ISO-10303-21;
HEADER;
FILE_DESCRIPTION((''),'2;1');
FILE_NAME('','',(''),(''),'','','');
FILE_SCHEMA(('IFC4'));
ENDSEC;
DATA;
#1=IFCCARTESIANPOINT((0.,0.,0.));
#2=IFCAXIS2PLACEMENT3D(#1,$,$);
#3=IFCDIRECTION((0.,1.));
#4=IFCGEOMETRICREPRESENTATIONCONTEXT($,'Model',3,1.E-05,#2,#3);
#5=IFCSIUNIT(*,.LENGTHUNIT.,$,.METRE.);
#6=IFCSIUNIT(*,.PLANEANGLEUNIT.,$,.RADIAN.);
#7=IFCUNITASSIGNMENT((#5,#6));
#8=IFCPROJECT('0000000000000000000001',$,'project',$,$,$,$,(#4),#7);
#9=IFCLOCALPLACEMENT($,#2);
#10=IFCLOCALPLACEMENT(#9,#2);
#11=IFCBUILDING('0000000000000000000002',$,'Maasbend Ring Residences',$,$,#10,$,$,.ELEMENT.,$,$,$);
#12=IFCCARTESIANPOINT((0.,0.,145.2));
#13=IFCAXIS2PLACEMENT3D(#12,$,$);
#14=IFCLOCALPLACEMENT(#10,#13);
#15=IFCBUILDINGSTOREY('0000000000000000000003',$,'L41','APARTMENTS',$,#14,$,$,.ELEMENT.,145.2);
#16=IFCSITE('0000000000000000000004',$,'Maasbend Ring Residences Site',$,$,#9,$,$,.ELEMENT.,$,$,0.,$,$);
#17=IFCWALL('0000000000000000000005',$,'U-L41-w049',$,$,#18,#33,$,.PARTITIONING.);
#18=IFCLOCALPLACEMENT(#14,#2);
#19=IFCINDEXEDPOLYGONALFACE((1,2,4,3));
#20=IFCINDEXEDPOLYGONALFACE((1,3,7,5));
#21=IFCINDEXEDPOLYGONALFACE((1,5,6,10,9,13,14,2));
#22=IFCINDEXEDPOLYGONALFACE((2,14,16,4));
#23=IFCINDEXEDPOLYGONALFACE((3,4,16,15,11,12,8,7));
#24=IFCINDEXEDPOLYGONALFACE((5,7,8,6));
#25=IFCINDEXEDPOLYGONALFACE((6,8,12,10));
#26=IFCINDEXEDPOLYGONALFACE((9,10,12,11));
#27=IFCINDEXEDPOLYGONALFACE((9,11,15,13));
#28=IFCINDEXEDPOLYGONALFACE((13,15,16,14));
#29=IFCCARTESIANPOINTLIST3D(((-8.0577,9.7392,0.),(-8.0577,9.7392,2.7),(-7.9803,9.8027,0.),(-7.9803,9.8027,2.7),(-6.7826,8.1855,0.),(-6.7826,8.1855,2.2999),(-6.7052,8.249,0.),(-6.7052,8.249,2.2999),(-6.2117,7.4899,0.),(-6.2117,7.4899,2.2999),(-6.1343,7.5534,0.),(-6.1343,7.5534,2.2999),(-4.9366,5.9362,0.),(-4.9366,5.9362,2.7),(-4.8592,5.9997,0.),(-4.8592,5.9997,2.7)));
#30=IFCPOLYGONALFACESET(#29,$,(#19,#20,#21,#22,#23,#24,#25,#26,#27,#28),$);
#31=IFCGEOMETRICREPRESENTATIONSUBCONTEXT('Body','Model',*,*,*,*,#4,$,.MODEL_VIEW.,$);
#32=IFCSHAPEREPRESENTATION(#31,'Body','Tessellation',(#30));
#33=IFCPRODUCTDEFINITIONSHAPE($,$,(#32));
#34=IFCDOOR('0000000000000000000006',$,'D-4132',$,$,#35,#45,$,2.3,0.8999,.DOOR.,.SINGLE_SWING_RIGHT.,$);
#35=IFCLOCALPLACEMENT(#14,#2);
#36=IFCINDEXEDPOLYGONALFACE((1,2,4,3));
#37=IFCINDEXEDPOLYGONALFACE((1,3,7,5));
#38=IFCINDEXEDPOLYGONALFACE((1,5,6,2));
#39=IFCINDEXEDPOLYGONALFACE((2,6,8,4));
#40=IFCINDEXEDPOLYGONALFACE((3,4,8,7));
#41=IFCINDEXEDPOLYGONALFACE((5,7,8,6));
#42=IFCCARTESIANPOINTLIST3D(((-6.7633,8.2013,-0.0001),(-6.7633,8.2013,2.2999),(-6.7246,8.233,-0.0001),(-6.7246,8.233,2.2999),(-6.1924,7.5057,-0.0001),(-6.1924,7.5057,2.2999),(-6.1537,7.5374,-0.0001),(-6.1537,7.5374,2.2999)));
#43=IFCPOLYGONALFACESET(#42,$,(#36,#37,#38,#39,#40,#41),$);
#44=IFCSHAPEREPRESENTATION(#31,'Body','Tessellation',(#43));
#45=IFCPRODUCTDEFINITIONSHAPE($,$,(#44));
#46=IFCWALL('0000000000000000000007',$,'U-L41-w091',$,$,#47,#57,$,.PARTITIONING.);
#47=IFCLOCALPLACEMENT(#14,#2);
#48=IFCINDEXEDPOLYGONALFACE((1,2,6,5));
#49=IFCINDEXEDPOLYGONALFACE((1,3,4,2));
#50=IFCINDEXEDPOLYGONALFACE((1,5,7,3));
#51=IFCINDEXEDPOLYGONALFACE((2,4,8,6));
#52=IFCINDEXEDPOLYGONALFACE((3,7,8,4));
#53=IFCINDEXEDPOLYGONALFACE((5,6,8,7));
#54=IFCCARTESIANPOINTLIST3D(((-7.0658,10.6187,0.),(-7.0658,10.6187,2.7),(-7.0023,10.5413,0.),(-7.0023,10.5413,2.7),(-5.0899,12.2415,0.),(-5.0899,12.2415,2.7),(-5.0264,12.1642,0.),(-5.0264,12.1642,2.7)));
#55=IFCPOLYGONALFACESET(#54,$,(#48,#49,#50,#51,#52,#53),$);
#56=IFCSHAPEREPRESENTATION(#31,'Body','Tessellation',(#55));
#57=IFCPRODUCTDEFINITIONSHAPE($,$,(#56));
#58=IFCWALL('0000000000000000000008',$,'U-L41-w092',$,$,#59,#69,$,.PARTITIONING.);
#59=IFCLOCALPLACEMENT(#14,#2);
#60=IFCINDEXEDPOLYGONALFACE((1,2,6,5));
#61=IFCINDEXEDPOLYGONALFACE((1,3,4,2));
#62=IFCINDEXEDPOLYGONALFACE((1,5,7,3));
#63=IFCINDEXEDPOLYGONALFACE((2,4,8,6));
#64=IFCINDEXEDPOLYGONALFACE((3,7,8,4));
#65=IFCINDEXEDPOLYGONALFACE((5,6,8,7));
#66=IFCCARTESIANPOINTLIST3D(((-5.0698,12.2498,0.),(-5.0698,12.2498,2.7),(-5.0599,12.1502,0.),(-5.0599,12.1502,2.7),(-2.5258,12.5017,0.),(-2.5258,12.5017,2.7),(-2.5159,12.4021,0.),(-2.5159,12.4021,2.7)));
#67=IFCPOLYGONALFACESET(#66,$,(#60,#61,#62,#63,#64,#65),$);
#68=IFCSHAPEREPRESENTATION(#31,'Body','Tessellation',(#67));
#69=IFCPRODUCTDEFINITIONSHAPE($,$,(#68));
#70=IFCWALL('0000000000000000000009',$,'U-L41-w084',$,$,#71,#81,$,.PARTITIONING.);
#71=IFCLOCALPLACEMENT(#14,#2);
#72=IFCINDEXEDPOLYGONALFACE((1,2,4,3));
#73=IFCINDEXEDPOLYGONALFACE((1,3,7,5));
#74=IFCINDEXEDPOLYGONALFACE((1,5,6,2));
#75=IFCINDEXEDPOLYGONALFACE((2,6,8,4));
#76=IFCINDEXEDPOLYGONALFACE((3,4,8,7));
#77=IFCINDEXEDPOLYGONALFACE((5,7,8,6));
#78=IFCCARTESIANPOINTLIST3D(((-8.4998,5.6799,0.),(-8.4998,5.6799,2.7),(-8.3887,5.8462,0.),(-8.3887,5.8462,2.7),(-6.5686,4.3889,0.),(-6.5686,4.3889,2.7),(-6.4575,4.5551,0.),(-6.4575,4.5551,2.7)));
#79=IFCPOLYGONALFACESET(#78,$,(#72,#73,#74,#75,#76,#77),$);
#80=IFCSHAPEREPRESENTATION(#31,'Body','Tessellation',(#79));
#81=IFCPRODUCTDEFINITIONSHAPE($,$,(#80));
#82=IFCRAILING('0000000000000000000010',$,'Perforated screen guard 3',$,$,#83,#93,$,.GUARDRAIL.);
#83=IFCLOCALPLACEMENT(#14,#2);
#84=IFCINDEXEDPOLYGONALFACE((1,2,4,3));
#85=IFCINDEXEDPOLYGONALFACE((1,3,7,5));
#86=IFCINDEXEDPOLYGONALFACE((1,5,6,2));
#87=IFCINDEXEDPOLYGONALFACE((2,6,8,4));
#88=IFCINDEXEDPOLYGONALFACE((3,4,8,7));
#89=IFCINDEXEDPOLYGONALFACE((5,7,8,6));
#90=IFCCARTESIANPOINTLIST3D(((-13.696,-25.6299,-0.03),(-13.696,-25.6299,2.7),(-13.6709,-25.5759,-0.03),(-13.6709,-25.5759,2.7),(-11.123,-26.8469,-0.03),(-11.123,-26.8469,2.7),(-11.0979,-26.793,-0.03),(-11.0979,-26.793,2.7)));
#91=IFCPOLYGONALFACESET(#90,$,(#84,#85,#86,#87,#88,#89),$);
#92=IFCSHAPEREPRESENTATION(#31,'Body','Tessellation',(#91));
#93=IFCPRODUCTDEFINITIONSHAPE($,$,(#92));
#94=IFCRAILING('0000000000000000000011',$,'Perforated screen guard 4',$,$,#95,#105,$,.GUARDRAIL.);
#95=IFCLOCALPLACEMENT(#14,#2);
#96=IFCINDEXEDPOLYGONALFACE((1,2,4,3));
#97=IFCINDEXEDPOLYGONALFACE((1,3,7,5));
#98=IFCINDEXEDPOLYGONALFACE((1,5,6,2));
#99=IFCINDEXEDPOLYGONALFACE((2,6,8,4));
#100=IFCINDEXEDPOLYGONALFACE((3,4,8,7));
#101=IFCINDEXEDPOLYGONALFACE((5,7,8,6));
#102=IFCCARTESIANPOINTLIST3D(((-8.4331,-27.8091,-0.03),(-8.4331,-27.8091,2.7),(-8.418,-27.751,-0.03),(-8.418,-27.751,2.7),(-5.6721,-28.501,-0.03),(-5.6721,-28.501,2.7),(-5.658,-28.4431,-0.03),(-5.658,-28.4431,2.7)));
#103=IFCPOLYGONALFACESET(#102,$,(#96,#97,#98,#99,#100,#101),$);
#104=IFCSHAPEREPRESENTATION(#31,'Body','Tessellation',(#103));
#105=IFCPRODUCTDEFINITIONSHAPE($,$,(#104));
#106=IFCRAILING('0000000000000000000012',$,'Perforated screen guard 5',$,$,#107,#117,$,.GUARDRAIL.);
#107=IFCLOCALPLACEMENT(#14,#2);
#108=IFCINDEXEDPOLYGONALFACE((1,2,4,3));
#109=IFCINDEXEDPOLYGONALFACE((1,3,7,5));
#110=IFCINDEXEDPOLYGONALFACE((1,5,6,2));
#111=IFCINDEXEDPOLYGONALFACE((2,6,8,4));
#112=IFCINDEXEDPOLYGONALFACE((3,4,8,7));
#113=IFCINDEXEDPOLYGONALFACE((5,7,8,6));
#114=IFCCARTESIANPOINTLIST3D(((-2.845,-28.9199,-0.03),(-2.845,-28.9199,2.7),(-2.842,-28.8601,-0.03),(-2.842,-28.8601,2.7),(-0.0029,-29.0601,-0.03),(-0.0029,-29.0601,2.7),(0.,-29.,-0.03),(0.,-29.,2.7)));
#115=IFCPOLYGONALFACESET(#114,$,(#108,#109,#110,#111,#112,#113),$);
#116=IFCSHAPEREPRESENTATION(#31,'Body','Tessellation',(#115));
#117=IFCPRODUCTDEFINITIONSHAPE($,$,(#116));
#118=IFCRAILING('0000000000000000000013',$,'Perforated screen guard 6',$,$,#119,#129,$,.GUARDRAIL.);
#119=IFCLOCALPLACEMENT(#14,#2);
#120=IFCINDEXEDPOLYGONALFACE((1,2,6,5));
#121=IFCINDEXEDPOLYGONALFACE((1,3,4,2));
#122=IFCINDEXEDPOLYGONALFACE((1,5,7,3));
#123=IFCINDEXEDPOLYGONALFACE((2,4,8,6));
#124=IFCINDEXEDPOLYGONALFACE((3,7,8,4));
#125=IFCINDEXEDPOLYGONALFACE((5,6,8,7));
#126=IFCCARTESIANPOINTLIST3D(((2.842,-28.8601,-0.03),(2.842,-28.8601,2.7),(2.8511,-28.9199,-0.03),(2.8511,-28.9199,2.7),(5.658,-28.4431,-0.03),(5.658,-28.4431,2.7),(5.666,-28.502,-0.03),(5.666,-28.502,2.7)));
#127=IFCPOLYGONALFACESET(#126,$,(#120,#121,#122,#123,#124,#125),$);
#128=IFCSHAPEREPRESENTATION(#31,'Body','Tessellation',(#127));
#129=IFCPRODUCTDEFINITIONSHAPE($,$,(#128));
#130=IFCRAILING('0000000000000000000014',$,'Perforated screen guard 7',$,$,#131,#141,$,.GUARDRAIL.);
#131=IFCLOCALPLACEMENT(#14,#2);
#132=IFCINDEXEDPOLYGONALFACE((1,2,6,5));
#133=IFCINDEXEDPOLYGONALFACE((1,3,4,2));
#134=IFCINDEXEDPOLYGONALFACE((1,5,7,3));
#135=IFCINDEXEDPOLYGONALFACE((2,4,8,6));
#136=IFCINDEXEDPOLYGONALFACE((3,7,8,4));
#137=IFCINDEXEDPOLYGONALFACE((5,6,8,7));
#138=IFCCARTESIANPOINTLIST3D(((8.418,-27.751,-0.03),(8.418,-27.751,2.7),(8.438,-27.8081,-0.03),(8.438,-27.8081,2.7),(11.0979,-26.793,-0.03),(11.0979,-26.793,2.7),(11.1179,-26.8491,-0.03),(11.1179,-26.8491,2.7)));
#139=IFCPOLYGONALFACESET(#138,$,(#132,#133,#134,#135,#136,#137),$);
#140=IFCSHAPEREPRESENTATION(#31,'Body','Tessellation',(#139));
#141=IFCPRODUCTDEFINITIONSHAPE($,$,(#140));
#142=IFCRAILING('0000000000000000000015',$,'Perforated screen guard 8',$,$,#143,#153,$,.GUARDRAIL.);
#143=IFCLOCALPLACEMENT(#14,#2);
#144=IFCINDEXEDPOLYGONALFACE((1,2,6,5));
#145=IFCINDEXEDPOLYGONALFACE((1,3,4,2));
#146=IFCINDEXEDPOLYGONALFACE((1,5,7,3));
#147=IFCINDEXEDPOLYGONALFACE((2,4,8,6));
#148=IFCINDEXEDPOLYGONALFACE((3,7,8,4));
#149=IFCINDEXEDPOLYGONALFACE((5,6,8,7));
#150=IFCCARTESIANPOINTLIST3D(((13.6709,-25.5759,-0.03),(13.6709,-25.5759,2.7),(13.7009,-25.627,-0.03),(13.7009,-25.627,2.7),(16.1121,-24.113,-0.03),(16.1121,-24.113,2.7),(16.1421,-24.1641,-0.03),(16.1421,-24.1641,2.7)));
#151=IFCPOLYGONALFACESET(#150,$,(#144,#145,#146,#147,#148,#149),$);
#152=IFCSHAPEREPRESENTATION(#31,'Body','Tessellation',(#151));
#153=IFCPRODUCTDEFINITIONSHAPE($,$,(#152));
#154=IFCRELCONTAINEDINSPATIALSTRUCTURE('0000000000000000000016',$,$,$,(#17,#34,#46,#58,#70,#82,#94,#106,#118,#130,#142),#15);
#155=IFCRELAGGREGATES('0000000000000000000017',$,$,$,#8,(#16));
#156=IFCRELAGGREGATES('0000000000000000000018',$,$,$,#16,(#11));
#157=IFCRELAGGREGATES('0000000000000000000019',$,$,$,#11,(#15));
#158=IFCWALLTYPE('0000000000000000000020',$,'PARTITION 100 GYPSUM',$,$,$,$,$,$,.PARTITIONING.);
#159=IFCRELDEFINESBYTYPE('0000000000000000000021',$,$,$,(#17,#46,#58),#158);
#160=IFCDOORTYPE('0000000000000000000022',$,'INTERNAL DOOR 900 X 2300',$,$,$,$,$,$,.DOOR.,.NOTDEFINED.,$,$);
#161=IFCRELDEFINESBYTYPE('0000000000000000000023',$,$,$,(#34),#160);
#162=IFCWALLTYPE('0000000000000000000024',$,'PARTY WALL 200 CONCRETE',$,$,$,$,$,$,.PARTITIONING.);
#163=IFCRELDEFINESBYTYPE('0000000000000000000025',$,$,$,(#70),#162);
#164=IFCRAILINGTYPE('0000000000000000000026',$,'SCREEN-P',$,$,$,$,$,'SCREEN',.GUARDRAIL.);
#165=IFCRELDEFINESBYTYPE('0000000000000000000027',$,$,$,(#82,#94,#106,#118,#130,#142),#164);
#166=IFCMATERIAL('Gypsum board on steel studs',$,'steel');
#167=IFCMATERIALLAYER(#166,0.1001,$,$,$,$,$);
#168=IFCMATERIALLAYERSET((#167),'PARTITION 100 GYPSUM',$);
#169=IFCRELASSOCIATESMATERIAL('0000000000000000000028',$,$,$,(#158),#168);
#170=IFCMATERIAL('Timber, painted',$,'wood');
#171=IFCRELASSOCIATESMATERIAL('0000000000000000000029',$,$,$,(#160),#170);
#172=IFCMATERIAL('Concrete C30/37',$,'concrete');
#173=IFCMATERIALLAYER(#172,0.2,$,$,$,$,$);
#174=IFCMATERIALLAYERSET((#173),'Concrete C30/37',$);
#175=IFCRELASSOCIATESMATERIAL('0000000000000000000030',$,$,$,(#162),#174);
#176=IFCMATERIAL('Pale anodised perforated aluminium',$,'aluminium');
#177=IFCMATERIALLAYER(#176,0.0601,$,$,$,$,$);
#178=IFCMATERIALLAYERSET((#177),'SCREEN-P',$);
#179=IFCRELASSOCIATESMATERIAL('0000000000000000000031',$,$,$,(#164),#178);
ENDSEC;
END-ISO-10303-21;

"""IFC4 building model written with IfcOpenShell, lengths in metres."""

from ifc_helpers import new_model, si_unit, direction, frame, frame_2d, origin, place, context, subcontext, project, spatial, polyline, rectangle, outline, extrude, material, layer, layer_set, type_object, element, fill, save


model = new_model("IFC4")

# Units and contexts
model_context = context("Model", 3, precision=1e-05, world=origin(), true_north=direction((0.0, 1.0)))
body_context = subcontext(model_context, "Body", "Model", "MODEL_VIEW")
ifc_project = project(units=[si_unit("LENGTHUNIT", "METRE"), si_unit("PLANEANGLEUNIT", "RADIAN")], contexts=[model_context])

# Site, building, storey
site_placement = place(None, origin())
site = spatial("IfcSite", under=ifc_project, at=site_placement, Name="Maasbend Ring Residences Site", CompositionType="ELEMENT", RefElevation=0.0)
building_placement = place(site_placement, origin())
building = spatial("IfcBuilding", under=site, at=building_placement, Name="Maasbend Ring Residences", CompositionType="ELEMENT")
storey_placement = place(building_placement, frame((0.0, 0.0, 145.2)))
storey = spatial("IfcBuildingStorey", under=building, at=storey_placement, Name="L41", Description="APARTMENTS", CompositionType="ELEMENT", Elevation=145.2)

# Wall, opening, door
ifc_material_1 = material(Name="Gypsum board on steel studs", Category="steel")
ifc_layer_1 = layer(ifc_material_1, 0.1001)
ifc_layer_set_1 = layer_set([ifc_layer_1], Name="PARTITION 100 GYPSUM")
wall_type_1 = type_object("IfcWallType", Name="PARTITION 100 GYPSUM", PredefinedType="PARTITIONING", material=ifc_layer_set_1)
wall_1_placement = place(storey_placement, frame((-8.019, 9.771, 0.0), z_axis=(0.0, 0.0, 1.0), x_axis=(0.634402, -0.773003, 0.0)))
wall_1 = element("IfcWall", 1, at=wall_1_placement, inside=storey, type_object=wall_type_1, Name="U-L41-w049", PredefinedType="PARTITIONING", context=body_context, shape_type="SweptSolid", body=[
    extrude(rectangle(XDim=4.9197, YDim=0.1001, at=frame_2d((2.46, 0.0))), origin(), (0.0, 0.0, 1.0), 2.7),
])
opening_placement = place(wall_1_placement, frame((2.01, 0.0, 0.0)))
opening = element("IfcOpeningElement", 2, at=opening_placement, cuts=wall_1, PredefinedType="OPENING", context=body_context, shape_type="SweptSolid", body=[
    extrude(rectangle(XDim=0.8999, YDim=2.3, at=frame_2d((0.45, 1.1499))), frame((0.0, 0.0601, 0.0), z_axis=(0.0, -1.0, 0.0), x_axis=(1.0, 0.0, 0.0)), (0.0, 0.0, 1.0), 0.1201),
])
ifc_material_2 = material(Name="Timber, painted", Category="wood")
door_type = type_object("IfcDoorType", Name="INTERNAL DOOR 900 X 2300", OperationType="NOTDEFINED", PredefinedType="DOOR", material=ifc_material_2)
door_placement = place(opening_placement, origin())
door = element("IfcDoor", 3, at=door_placement, inside=storey, type_object=door_type, Name="D-4132", OperationType="SINGLE_SWING_RIGHT", OverallHeight=2.3, OverallWidth=0.8999, PredefinedType="DOOR", context=body_context, shape_type="SweptSolid", body=[
    extrude(rectangle(XDim=0.8999, YDim=2.3, at=frame_2d((0.45, 1.1499))), frame((0.0, 0.0249, 0.0), z_axis=(0.0, -1.0, 0.0), x_axis=(1.0, 0.0, 0.0)), (0.0, 0.0, 1.0), 0.05),
])
fill(opening, door)

# Walls
wall_2_placement = place(storey_placement, frame((-7.0339, 10.5801, 0.0), z_axis=(0.0, 0.0, 1.0), x_axis=(0.772765, 0.634693, 0.0)))
element("IfcWall", 4, at=wall_2_placement, inside=storey, type_object=wall_type_1, Name="U-L41-w091", PredefinedType="PARTITIONING", context=body_context, shape_type="SweptSolid", body=[
    extrude(rectangle(XDim=2.5569, YDim=0.1001, at=frame_2d((1.2783, 0.0))), origin(), (0.0, 0.0, 1.0), 2.7),
])
wall_3_placement = place(storey_placement, frame((-5.0649, 12.2, 0.0), z_axis=(0.0, 0.0, 1.0), x_axis=(0.995131, 0.098558, 0.0)))
element("IfcWall", 5, at=wall_3_placement, inside=storey, type_object=wall_type_1, Name="U-L41-w092", PredefinedType="PARTITIONING", context=body_context, shape_type="SweptSolid", body=[
    extrude(rectangle(XDim=2.5564, YDim=0.1001, at=frame_2d((1.2783, 0.0))), origin(), (0.0, 0.0, 1.0), 2.7),
])
ifc_material_3 = material(Name="Concrete C30/37", Category="concrete")
ifc_layer_2 = layer(ifc_material_3, 0.2)
ifc_layer_set_2 = layer_set([ifc_layer_2], Name="Concrete C30/37")
wall_type_2 = type_object("IfcWallType", Name="PARTY WALL 200 CONCRETE", PredefinedType="PARTITIONING", material=ifc_layer_set_2)
wall_4_placement = place(storey_placement, frame((-6.5129, 4.4719, 0.0), z_axis=(0.0, 0.0, 1.0), x_axis=(-0.831338, 0.555767, 0.0)))
element("IfcWall", 6, at=wall_4_placement, inside=storey, type_object=wall_type_2, Name="U-L41-w084", PredefinedType="PARTITIONING", context=body_context, shape_type="SweptSolid", body=[
    extrude(rectangle(XDim=2.323, YDim=0.2, at=frame_2d((1.1616, 0.0))), origin(), (0.0, 0.0, 1.0), 2.7),
])

# Railings
ifc_material_4 = material(Name="Pale anodised perforated aluminium", Category="aluminium")
ifc_layer_3 = layer(ifc_material_4, 0.0601)
ifc_layer_set_3 = layer_set([ifc_layer_3], Name="SCREEN-P")
railing_type = type_object("IfcRailingType", Name="SCREEN-P", ElementType="SCREEN", PredefinedType="GUARDRAIL", material=ifc_layer_set_3)
railing_1_placement = place(storey_placement, frame((0.0, 0.0, -0.03)))
element("IfcRailing", 7, at=railing_1_placement, inside=storey, type_object=railing_type, Name="Perforated screen guard 3", PredefinedType="GUARDRAIL", context=body_context, shape_type="SweptSolid", body=[
    extrude(outline(polyline([(-13.6709, -25.5759), (-11.0979, -26.793), (-11.123, -26.8469), (-13.696, -25.6299), (-13.6709, -25.5759)])), origin(), (0.0, 0.0, 1.0), 2.73),
])
railing_2_placement = place(storey_placement, frame((0.0, 0.0, -0.03)))
element("IfcRailing", 8, at=railing_2_placement, inside=storey, type_object=railing_type, Name="Perforated screen guard 4", PredefinedType="GUARDRAIL", context=body_context, shape_type="SweptSolid", body=[
    extrude(outline(polyline([(-8.418, -27.751), (-5.658, -28.4431), (-5.6721, -28.501), (-8.4331, -27.8091), (-8.418, -27.751)])), origin(), (0.0, 0.0, 1.0), 2.73),
])
railing_3_placement = place(storey_placement, frame((0.0, 0.0, -0.03)))
element("IfcRailing", 9, at=railing_3_placement, inside=storey, type_object=railing_type, Name="Perforated screen guard 5", PredefinedType="GUARDRAIL", context=body_context, shape_type="SweptSolid", body=[
    extrude(outline(polyline([(-2.842, -28.8601), (0.0, -29.0), (-0.0029, -29.0601), (-2.845, -28.9199), (-2.842, -28.8601)])), origin(), (0.0, 0.0, 1.0), 2.73),
])
railing_4_placement = place(storey_placement, frame((0.0, 0.0, -0.03)))
element("IfcRailing", 10, at=railing_4_placement, inside=storey, type_object=railing_type, Name="Perforated screen guard 6", PredefinedType="GUARDRAIL", context=body_context, shape_type="SweptSolid", body=[
    extrude(outline(polyline([(2.842, -28.8601), (5.658, -28.4431), (5.666, -28.502), (2.8511, -28.9199), (2.842, -28.8601)])), origin(), (0.0, 0.0, 1.0), 2.73),
])
railing_5_placement = place(storey_placement, frame((0.0, 0.0, -0.03)))
element("IfcRailing", 11, at=railing_5_placement, inside=storey, type_object=railing_type, Name="Perforated screen guard 7", PredefinedType="GUARDRAIL", context=body_context, shape_type="SweptSolid", body=[
    extrude(outline(polyline([(8.418, -27.751), (11.0979, -26.793), (11.1179, -26.8491), (8.438, -27.8081), (8.418, -27.751)])), origin(), (0.0, 0.0, 1.0), 2.73),
])
railing_6_placement = place(storey_placement, frame((0.0, 0.0, -0.03)))
element("IfcRailing", 12, at=railing_6_placement, inside=storey, type_object=railing_type, Name="Perforated screen guard 8", PredefinedType="GUARDRAIL", context=body_context, shape_type="SweptSolid", body=[
    extrude(outline(polyline([(13.6709, -25.5759), (16.1121, -24.113), (16.1421, -24.1641), (13.7009, -25.627), (13.6709, -25.5759)])), origin(), (0.0, 0.0, 1.0), 2.73),
])

save(model, "model.ifc")
